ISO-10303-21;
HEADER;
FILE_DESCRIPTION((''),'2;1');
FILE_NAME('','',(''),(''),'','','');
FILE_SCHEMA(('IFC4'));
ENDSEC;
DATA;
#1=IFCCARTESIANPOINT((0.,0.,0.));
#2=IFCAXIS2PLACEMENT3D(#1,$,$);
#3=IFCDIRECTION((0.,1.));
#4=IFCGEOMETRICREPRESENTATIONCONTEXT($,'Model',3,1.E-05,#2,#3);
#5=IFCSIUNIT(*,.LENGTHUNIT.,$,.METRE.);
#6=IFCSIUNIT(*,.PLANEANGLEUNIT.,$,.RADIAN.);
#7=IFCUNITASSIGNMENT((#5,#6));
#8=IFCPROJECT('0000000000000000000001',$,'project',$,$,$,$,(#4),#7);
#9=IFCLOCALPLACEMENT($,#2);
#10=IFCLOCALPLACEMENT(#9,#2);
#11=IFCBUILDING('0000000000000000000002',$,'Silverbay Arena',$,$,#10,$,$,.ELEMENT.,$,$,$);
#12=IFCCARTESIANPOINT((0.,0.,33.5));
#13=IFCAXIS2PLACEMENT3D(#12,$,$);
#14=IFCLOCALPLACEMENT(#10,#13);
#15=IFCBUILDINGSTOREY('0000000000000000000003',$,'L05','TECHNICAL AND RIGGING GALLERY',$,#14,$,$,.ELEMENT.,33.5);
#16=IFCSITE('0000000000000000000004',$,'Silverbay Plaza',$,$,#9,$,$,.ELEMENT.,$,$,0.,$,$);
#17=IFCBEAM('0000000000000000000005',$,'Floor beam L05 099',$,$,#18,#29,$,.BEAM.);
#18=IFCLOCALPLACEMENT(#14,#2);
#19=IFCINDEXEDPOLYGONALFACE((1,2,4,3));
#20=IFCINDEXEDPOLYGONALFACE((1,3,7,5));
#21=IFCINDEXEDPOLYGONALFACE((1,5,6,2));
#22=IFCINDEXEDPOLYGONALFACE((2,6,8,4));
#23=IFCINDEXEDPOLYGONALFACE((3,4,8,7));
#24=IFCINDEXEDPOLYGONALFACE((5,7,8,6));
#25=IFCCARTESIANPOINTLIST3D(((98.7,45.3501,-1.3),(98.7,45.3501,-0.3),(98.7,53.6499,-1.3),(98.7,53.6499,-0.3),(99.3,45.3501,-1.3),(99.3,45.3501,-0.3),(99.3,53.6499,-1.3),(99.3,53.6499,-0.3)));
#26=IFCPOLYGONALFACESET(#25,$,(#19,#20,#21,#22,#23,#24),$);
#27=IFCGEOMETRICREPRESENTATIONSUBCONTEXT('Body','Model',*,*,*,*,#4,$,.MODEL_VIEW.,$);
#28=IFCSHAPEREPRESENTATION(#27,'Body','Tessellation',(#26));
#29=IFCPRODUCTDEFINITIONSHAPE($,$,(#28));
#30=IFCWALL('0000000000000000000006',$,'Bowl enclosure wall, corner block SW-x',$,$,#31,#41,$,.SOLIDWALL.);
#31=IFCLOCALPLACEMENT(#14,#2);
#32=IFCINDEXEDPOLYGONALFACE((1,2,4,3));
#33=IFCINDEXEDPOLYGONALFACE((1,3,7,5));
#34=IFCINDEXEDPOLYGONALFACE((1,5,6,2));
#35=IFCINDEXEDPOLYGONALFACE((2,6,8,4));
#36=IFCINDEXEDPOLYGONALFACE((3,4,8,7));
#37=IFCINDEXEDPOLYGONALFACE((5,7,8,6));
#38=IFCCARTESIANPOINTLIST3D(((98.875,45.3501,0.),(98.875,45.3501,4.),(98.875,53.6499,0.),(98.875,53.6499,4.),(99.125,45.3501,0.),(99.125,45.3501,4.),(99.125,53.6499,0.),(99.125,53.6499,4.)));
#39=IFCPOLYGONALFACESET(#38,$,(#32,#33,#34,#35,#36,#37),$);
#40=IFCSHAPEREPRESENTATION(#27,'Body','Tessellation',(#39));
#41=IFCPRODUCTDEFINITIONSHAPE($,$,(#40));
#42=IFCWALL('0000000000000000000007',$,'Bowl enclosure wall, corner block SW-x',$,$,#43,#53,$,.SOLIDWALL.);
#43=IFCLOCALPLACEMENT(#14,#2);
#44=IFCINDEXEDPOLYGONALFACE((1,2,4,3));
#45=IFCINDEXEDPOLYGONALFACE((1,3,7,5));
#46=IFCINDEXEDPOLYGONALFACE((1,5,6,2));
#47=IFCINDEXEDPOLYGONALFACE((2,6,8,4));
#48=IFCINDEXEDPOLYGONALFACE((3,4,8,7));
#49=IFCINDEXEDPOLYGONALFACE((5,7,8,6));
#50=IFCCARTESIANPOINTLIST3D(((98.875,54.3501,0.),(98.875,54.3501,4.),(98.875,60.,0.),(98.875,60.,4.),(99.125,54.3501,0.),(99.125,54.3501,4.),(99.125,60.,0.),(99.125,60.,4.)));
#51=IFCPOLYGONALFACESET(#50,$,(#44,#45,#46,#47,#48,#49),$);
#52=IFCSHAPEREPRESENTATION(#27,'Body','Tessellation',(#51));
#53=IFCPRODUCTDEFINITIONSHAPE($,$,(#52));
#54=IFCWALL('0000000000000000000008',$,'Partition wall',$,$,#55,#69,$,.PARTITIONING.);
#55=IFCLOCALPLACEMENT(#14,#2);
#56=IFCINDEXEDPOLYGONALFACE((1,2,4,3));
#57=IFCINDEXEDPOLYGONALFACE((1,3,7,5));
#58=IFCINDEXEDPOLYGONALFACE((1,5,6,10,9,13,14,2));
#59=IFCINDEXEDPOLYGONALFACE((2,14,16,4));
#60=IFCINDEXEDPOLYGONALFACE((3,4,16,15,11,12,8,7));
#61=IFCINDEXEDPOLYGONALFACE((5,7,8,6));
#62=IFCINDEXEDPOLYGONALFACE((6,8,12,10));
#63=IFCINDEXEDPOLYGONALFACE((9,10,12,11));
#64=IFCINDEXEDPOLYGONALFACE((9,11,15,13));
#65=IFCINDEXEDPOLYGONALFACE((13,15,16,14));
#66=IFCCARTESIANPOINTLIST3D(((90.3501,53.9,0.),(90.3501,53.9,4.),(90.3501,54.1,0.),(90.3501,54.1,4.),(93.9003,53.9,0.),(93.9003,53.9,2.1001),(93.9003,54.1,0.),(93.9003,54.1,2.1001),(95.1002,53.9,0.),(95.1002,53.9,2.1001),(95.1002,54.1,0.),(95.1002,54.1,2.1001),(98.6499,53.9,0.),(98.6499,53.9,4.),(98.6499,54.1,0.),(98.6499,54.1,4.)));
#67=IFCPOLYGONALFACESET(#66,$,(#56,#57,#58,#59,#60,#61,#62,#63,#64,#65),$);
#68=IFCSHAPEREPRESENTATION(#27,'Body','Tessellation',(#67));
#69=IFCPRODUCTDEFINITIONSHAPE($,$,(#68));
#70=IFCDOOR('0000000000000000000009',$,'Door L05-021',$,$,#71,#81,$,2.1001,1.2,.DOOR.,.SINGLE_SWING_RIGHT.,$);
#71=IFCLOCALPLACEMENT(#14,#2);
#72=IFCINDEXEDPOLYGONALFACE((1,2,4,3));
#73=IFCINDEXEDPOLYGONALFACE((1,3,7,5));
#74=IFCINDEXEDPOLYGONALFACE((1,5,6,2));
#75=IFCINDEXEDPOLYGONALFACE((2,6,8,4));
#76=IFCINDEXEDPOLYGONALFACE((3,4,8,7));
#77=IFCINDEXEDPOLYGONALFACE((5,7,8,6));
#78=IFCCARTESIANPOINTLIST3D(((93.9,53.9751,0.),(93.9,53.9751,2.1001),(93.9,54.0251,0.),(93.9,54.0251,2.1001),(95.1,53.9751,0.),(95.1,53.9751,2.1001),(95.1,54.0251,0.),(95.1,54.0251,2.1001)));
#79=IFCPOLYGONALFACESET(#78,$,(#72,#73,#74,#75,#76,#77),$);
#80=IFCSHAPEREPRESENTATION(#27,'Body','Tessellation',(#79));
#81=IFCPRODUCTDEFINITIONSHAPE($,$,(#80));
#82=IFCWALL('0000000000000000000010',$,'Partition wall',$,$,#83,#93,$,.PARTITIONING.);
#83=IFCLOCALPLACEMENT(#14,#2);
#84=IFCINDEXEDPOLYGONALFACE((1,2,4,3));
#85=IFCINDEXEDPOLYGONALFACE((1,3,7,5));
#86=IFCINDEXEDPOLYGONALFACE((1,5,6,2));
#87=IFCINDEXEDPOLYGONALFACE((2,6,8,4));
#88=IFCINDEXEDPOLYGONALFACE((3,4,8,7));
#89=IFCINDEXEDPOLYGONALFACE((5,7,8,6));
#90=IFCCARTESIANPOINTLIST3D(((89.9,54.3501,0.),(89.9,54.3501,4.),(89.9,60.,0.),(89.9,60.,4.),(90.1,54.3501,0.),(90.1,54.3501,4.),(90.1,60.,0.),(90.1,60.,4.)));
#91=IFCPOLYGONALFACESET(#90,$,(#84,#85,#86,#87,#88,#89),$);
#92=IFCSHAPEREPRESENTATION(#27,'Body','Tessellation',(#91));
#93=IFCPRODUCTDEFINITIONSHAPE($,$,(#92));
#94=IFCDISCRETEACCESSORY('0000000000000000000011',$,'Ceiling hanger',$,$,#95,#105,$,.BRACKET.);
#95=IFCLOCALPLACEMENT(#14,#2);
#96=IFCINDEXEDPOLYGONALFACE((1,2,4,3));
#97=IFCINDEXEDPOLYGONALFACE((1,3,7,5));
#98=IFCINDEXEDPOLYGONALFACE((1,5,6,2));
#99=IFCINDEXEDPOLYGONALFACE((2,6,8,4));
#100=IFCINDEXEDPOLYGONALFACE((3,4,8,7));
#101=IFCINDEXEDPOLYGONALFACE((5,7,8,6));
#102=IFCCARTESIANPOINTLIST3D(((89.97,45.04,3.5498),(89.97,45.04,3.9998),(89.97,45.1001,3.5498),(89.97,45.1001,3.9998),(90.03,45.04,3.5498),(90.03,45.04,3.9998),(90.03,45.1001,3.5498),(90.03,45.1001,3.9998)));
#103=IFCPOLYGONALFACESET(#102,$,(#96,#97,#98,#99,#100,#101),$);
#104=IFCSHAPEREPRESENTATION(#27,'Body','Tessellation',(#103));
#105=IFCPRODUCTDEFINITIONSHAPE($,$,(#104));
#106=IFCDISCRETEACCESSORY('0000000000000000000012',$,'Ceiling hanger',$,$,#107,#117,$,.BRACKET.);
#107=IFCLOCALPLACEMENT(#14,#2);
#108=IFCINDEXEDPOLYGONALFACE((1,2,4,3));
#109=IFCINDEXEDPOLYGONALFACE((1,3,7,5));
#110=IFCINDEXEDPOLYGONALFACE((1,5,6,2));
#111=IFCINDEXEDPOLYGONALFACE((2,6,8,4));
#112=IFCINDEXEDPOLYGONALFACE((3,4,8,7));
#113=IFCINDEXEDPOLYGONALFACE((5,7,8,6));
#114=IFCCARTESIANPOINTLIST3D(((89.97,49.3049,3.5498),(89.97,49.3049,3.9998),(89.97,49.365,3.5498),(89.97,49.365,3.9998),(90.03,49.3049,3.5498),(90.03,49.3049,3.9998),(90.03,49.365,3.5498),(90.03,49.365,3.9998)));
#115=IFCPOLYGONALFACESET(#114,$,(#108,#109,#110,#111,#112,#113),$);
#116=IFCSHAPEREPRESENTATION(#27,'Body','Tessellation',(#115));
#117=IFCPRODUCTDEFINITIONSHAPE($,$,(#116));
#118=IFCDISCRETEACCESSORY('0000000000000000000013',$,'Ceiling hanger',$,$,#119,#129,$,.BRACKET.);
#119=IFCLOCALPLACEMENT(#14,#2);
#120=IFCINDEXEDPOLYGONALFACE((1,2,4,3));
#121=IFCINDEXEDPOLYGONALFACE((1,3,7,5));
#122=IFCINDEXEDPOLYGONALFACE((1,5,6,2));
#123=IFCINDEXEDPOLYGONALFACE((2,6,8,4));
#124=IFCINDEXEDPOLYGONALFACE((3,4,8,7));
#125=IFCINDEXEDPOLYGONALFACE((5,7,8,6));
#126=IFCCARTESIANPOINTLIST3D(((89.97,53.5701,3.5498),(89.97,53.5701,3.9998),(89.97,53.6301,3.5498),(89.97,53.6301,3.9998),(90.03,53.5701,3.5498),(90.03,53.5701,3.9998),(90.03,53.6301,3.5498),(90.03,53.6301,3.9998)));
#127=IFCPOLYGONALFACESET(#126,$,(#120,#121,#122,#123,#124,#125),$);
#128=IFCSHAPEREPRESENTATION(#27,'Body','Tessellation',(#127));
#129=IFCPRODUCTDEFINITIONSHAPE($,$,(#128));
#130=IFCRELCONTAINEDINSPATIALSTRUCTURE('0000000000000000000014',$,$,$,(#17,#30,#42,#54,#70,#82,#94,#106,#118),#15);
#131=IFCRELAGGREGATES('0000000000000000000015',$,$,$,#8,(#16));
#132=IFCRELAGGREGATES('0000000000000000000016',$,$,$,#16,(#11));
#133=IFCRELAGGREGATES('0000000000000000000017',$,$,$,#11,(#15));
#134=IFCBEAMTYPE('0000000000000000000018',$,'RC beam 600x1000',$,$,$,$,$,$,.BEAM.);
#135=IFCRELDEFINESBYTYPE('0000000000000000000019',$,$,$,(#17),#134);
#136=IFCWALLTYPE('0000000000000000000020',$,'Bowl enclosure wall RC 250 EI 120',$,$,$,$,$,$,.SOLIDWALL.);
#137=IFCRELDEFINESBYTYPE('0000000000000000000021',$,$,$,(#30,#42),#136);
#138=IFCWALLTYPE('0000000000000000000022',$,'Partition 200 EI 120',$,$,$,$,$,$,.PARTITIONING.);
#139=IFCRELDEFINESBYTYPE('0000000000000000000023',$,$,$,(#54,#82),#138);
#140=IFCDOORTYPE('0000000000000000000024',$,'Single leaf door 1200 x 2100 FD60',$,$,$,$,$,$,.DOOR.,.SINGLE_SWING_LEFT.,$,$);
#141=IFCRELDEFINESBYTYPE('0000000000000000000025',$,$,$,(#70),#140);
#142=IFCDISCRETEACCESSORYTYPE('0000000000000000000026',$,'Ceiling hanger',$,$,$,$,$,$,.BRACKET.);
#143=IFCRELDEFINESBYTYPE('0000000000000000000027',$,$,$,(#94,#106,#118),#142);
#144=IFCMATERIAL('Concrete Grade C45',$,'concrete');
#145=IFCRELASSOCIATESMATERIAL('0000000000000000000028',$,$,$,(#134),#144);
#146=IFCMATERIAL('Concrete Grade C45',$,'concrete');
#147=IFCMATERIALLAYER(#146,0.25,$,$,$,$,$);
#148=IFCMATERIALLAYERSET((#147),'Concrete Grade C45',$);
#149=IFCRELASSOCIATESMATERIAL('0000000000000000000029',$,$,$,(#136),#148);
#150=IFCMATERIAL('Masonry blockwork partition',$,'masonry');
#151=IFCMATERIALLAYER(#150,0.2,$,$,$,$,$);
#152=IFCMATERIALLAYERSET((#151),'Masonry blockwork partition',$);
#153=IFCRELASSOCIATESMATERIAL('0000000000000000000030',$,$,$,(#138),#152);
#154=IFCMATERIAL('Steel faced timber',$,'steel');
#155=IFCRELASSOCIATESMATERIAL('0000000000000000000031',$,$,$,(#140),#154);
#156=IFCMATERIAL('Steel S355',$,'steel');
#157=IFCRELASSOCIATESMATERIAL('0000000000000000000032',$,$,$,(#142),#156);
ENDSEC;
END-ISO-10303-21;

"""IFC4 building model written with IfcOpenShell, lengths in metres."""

from ifc_helpers import new_model, si_unit, direction, frame, frame_2d, origin, origin_2d, place, context, subcontext, project, spatial, rectangle, extrude, material, layer, layer_set, material_profile, profile_set, type_object, element, fill, save


model = new_model("IFC4")

# Units and contexts
model_context = context("Model", 3, precision=1e-05, world=origin(), true_north=direction((0.0, 1.0)))
body_context = subcontext(model_context, "Body", "Model", "MODEL_VIEW")
ifc_project = project(units=[si_unit("LENGTHUNIT", "METRE"), si_unit("PLANEANGLEUNIT", "RADIAN")], contexts=[model_context])

# Site, building, storey
site_placement = place(None, origin())
site = spatial("IfcSite", under=ifc_project, at=site_placement, Name="Silverbay Plaza", CompositionType="ELEMENT", RefElevation=0.0)
building_placement = place(site_placement, origin())
building = spatial("IfcBuilding", under=site, at=building_placement, Name="Silverbay Arena", CompositionType="ELEMENT")
storey_placement = place(building_placement, frame((0.0, 0.0, 33.5)))
storey = spatial("IfcBuildingStorey", under=building, at=storey_placement, Name="L05", Description="TECHNICAL AND RIGGING GALLERY", CompositionType="ELEMENT", Elevation=33.5)

# Beam
ifc_material_1 = material(Name="Concrete Grade C45", Category="concrete")
ifc_material_profile_1 = material_profile(ifc_material_1, rectangle(XDim=0.6001, YDim=1.0, at=origin_2d()), Name="RC 600x1000")
ifc_profile_set_1 = profile_set([ifc_material_profile_1], Name="Concrete Grade C45")
beam_type_1 = type_object("IfcBeamType", Name="RC beam 600x1000", PredefinedType="BEAM", material=ifc_profile_set_1)
for number, where, z_axis, x_axis, name in (
    (1, (99.0, 45.3501, -0.8), (0.0, 1.0, 0.0), (-1.0, 0.0, 0.0), "Floor beam L05 099"),
):
    element("IfcBeam", number, at=place(storey_placement, frame(where, z_axis=z_axis, x_axis=x_axis)), inside=storey, type_object=beam_type_1, Name=name, PredefinedType="BEAM", context=body_context, shape_type="SweptSolid", body=[
        extrude(rectangle(XDim=0.6001, YDim=1.0, at=origin_2d()), origin(), (0.0, 0.0, 1.0), 8.2998),
    ])

# Walls
ifc_material_2 = material(Name="Concrete Grade C45", Category="concrete")
ifc_layer_1 = layer(ifc_material_2, 0.25)
ifc_layer_set_1 = layer_set([ifc_layer_1], Name="Concrete Grade C45")
wall_type_1 = type_object("IfcWallType", Name="Bowl enclosure wall RC 250 EI 120", PredefinedType="SOLIDWALL", material=ifc_layer_set_1)
wall_1_placement = place(storey_placement, frame((99.0, 45.3501, 0.0), z_axis=(0.0, 0.0, 1.0), x_axis=(0.0, 1.0, 0.0)))
element("IfcWall", 2, at=wall_1_placement, inside=storey, type_object=wall_type_1, Name="Bowl enclosure wall, corner block SW-x", PredefinedType="SOLIDWALL", context=body_context, shape_type="SweptSolid", body=[
    extrude(rectangle(XDim=8.2998, YDim=0.25, at=frame_2d((4.1499, 0.0))), origin(), (0.0, 0.0, 1.0), 4.0),
])
wall_2_placement = place(storey_placement, frame((99.0, 54.3501, 0.0), z_axis=(0.0, 0.0, 1.0), x_axis=(0.0, 1.0, 0.0)))
element("IfcWall", 3, at=wall_2_placement, inside=storey, type_object=wall_type_1, Name="Bowl enclosure wall, corner block SW-x", PredefinedType="SOLIDWALL", context=body_context, shape_type="SweptSolid", body=[
    extrude(rectangle(XDim=5.6499, YDim=0.25, at=frame_2d((2.825, 0.0))), origin(), (0.0, 0.0, 1.0), 4.0),
])

# Wall, opening, door
ifc_material_3 = material(Name="Masonry blockwork partition", Category="masonry")
ifc_layer_2 = layer(ifc_material_3, 0.2)
ifc_layer_set_2 = layer_set([ifc_layer_2], Name="Masonry blockwork partition")
wall_type_2 = type_object("IfcWallType", Name="Partition 200 EI 120", PredefinedType="PARTITIONING", material=ifc_layer_set_2)
wall_3_placement = place(storey_placement, frame((90.3501, 54.0, 0.0), z_axis=(0.0, 0.0, 1.0), x_axis=(1.0, 0.0, 0.0)))
wall_3 = element("IfcWall", 4, at=wall_3_placement, inside=storey, type_object=wall_type_2, Name="Partition wall", PredefinedType="PARTITIONING", context=body_context, shape_type="SweptSolid", body=[
    extrude(rectangle(XDim=8.2998, YDim=0.2, at=frame_2d((4.1499, 0.0))), origin(), (0.0, 0.0, 1.0), 4.0),
])
opening_placement = place(wall_3_placement, frame((3.55, 0.0, 0.0)))
opening = element("IfcOpeningElement", 5, at=opening_placement, cuts=wall_3, PredefinedType="OPENING", context=body_context, shape_type="SweptSolid", body=[
    extrude(rectangle(XDim=1.2, YDim=2.1001, at=frame_2d((0.6001, 1.05))), frame((0.0, 0.1099, 0.0), z_axis=(0.0, -1.0, 0.0), x_axis=(1.0, 0.0, 0.0)), (0.0, 0.0, 1.0), 0.22),
])
ifc_material_4 = material(Name="Steel faced timber", Category="steel")
door_type = type_object("IfcDoorType", Name="Single leaf door 1200 x 2100 FD60", OperationType="SINGLE_SWING_LEFT", PredefinedType="DOOR", material=ifc_material_4)
door_placement = place(opening_placement, frame((1.2, 0.0, 0.0), z_axis=(0.0, 0.0, 1.0), x_axis=(-1.0, 0.0, 0.0)))
door = element("IfcDoor", 6, at=door_placement, inside=storey, type_object=door_type, Name="Door L05-021", OperationType="SINGLE_SWING_RIGHT", OverallHeight=2.1001, OverallWidth=1.2, PredefinedType="DOOR", context=body_context, shape_type="SweptSolid", body=[
    extrude(rectangle(XDim=1.2, YDim=2.1001, at=frame_2d((0.6001, 1.05))), frame((0.0, 0.0249, 0.0), z_axis=(0.0, -1.0, 0.0), x_axis=(1.0, 0.0, 0.0)), (0.0, 0.0, 1.0), 0.05),
])
fill(opening, door)

# Wall
wall_4_placement = place(storey_placement, frame((90.0, 54.3501, 0.0), z_axis=(0.0, 0.0, 1.0), x_axis=(0.0, 1.0, 0.0)))
element("IfcWall", 7, at=wall_4_placement, inside=storey, type_object=wall_type_2, Name="Partition wall", PredefinedType="PARTITIONING", context=body_context, shape_type="SweptSolid", body=[
    extrude(rectangle(XDim=5.6499, YDim=0.2, at=frame_2d((2.825, 0.0))), origin(), (0.0, 0.0, 1.0), 4.0),
])

# Discrete accessories
ifc_material_5 = material(Name="Steel S355", Category="steel")
discrete_accessory_type = type_object("IfcDiscreteAccessoryType", Name="Ceiling hanger", PredefinedType="BRACKET", material=ifc_material_5)
for number, where, z_axis, x_axis, name in (
    (8, (90.0, 45.0701, 3.5498), (0.0, 0.0, 1.0), (1.0, 0.0, 0.0), "Ceiling hanger"),
    (9, (90.0, 49.335, 3.5498), (0.0, 0.0, 1.0), (1.0, 0.0, 0.0), "Ceiling hanger"),
    (10, (90.0, 53.6001, 3.5498), (0.0, 0.0, 1.0), (1.0, 0.0, 0.0), "Ceiling hanger"),
):
    element("IfcDiscreteAccessory", number, at=place(storey_placement, frame(where, z_axis=z_axis, x_axis=x_axis)), inside=storey, type_object=discrete_accessory_type, Name=name, PredefinedType="BRACKET", context=body_context, shape_type="SweptSolid", body=[
        extrude(rectangle(XDim=0.0601, YDim=0.0601, at=origin_2d()), origin(), (0.0, 0.0, 1.0), 0.45),
    ])

save(model, "model.ifc")
